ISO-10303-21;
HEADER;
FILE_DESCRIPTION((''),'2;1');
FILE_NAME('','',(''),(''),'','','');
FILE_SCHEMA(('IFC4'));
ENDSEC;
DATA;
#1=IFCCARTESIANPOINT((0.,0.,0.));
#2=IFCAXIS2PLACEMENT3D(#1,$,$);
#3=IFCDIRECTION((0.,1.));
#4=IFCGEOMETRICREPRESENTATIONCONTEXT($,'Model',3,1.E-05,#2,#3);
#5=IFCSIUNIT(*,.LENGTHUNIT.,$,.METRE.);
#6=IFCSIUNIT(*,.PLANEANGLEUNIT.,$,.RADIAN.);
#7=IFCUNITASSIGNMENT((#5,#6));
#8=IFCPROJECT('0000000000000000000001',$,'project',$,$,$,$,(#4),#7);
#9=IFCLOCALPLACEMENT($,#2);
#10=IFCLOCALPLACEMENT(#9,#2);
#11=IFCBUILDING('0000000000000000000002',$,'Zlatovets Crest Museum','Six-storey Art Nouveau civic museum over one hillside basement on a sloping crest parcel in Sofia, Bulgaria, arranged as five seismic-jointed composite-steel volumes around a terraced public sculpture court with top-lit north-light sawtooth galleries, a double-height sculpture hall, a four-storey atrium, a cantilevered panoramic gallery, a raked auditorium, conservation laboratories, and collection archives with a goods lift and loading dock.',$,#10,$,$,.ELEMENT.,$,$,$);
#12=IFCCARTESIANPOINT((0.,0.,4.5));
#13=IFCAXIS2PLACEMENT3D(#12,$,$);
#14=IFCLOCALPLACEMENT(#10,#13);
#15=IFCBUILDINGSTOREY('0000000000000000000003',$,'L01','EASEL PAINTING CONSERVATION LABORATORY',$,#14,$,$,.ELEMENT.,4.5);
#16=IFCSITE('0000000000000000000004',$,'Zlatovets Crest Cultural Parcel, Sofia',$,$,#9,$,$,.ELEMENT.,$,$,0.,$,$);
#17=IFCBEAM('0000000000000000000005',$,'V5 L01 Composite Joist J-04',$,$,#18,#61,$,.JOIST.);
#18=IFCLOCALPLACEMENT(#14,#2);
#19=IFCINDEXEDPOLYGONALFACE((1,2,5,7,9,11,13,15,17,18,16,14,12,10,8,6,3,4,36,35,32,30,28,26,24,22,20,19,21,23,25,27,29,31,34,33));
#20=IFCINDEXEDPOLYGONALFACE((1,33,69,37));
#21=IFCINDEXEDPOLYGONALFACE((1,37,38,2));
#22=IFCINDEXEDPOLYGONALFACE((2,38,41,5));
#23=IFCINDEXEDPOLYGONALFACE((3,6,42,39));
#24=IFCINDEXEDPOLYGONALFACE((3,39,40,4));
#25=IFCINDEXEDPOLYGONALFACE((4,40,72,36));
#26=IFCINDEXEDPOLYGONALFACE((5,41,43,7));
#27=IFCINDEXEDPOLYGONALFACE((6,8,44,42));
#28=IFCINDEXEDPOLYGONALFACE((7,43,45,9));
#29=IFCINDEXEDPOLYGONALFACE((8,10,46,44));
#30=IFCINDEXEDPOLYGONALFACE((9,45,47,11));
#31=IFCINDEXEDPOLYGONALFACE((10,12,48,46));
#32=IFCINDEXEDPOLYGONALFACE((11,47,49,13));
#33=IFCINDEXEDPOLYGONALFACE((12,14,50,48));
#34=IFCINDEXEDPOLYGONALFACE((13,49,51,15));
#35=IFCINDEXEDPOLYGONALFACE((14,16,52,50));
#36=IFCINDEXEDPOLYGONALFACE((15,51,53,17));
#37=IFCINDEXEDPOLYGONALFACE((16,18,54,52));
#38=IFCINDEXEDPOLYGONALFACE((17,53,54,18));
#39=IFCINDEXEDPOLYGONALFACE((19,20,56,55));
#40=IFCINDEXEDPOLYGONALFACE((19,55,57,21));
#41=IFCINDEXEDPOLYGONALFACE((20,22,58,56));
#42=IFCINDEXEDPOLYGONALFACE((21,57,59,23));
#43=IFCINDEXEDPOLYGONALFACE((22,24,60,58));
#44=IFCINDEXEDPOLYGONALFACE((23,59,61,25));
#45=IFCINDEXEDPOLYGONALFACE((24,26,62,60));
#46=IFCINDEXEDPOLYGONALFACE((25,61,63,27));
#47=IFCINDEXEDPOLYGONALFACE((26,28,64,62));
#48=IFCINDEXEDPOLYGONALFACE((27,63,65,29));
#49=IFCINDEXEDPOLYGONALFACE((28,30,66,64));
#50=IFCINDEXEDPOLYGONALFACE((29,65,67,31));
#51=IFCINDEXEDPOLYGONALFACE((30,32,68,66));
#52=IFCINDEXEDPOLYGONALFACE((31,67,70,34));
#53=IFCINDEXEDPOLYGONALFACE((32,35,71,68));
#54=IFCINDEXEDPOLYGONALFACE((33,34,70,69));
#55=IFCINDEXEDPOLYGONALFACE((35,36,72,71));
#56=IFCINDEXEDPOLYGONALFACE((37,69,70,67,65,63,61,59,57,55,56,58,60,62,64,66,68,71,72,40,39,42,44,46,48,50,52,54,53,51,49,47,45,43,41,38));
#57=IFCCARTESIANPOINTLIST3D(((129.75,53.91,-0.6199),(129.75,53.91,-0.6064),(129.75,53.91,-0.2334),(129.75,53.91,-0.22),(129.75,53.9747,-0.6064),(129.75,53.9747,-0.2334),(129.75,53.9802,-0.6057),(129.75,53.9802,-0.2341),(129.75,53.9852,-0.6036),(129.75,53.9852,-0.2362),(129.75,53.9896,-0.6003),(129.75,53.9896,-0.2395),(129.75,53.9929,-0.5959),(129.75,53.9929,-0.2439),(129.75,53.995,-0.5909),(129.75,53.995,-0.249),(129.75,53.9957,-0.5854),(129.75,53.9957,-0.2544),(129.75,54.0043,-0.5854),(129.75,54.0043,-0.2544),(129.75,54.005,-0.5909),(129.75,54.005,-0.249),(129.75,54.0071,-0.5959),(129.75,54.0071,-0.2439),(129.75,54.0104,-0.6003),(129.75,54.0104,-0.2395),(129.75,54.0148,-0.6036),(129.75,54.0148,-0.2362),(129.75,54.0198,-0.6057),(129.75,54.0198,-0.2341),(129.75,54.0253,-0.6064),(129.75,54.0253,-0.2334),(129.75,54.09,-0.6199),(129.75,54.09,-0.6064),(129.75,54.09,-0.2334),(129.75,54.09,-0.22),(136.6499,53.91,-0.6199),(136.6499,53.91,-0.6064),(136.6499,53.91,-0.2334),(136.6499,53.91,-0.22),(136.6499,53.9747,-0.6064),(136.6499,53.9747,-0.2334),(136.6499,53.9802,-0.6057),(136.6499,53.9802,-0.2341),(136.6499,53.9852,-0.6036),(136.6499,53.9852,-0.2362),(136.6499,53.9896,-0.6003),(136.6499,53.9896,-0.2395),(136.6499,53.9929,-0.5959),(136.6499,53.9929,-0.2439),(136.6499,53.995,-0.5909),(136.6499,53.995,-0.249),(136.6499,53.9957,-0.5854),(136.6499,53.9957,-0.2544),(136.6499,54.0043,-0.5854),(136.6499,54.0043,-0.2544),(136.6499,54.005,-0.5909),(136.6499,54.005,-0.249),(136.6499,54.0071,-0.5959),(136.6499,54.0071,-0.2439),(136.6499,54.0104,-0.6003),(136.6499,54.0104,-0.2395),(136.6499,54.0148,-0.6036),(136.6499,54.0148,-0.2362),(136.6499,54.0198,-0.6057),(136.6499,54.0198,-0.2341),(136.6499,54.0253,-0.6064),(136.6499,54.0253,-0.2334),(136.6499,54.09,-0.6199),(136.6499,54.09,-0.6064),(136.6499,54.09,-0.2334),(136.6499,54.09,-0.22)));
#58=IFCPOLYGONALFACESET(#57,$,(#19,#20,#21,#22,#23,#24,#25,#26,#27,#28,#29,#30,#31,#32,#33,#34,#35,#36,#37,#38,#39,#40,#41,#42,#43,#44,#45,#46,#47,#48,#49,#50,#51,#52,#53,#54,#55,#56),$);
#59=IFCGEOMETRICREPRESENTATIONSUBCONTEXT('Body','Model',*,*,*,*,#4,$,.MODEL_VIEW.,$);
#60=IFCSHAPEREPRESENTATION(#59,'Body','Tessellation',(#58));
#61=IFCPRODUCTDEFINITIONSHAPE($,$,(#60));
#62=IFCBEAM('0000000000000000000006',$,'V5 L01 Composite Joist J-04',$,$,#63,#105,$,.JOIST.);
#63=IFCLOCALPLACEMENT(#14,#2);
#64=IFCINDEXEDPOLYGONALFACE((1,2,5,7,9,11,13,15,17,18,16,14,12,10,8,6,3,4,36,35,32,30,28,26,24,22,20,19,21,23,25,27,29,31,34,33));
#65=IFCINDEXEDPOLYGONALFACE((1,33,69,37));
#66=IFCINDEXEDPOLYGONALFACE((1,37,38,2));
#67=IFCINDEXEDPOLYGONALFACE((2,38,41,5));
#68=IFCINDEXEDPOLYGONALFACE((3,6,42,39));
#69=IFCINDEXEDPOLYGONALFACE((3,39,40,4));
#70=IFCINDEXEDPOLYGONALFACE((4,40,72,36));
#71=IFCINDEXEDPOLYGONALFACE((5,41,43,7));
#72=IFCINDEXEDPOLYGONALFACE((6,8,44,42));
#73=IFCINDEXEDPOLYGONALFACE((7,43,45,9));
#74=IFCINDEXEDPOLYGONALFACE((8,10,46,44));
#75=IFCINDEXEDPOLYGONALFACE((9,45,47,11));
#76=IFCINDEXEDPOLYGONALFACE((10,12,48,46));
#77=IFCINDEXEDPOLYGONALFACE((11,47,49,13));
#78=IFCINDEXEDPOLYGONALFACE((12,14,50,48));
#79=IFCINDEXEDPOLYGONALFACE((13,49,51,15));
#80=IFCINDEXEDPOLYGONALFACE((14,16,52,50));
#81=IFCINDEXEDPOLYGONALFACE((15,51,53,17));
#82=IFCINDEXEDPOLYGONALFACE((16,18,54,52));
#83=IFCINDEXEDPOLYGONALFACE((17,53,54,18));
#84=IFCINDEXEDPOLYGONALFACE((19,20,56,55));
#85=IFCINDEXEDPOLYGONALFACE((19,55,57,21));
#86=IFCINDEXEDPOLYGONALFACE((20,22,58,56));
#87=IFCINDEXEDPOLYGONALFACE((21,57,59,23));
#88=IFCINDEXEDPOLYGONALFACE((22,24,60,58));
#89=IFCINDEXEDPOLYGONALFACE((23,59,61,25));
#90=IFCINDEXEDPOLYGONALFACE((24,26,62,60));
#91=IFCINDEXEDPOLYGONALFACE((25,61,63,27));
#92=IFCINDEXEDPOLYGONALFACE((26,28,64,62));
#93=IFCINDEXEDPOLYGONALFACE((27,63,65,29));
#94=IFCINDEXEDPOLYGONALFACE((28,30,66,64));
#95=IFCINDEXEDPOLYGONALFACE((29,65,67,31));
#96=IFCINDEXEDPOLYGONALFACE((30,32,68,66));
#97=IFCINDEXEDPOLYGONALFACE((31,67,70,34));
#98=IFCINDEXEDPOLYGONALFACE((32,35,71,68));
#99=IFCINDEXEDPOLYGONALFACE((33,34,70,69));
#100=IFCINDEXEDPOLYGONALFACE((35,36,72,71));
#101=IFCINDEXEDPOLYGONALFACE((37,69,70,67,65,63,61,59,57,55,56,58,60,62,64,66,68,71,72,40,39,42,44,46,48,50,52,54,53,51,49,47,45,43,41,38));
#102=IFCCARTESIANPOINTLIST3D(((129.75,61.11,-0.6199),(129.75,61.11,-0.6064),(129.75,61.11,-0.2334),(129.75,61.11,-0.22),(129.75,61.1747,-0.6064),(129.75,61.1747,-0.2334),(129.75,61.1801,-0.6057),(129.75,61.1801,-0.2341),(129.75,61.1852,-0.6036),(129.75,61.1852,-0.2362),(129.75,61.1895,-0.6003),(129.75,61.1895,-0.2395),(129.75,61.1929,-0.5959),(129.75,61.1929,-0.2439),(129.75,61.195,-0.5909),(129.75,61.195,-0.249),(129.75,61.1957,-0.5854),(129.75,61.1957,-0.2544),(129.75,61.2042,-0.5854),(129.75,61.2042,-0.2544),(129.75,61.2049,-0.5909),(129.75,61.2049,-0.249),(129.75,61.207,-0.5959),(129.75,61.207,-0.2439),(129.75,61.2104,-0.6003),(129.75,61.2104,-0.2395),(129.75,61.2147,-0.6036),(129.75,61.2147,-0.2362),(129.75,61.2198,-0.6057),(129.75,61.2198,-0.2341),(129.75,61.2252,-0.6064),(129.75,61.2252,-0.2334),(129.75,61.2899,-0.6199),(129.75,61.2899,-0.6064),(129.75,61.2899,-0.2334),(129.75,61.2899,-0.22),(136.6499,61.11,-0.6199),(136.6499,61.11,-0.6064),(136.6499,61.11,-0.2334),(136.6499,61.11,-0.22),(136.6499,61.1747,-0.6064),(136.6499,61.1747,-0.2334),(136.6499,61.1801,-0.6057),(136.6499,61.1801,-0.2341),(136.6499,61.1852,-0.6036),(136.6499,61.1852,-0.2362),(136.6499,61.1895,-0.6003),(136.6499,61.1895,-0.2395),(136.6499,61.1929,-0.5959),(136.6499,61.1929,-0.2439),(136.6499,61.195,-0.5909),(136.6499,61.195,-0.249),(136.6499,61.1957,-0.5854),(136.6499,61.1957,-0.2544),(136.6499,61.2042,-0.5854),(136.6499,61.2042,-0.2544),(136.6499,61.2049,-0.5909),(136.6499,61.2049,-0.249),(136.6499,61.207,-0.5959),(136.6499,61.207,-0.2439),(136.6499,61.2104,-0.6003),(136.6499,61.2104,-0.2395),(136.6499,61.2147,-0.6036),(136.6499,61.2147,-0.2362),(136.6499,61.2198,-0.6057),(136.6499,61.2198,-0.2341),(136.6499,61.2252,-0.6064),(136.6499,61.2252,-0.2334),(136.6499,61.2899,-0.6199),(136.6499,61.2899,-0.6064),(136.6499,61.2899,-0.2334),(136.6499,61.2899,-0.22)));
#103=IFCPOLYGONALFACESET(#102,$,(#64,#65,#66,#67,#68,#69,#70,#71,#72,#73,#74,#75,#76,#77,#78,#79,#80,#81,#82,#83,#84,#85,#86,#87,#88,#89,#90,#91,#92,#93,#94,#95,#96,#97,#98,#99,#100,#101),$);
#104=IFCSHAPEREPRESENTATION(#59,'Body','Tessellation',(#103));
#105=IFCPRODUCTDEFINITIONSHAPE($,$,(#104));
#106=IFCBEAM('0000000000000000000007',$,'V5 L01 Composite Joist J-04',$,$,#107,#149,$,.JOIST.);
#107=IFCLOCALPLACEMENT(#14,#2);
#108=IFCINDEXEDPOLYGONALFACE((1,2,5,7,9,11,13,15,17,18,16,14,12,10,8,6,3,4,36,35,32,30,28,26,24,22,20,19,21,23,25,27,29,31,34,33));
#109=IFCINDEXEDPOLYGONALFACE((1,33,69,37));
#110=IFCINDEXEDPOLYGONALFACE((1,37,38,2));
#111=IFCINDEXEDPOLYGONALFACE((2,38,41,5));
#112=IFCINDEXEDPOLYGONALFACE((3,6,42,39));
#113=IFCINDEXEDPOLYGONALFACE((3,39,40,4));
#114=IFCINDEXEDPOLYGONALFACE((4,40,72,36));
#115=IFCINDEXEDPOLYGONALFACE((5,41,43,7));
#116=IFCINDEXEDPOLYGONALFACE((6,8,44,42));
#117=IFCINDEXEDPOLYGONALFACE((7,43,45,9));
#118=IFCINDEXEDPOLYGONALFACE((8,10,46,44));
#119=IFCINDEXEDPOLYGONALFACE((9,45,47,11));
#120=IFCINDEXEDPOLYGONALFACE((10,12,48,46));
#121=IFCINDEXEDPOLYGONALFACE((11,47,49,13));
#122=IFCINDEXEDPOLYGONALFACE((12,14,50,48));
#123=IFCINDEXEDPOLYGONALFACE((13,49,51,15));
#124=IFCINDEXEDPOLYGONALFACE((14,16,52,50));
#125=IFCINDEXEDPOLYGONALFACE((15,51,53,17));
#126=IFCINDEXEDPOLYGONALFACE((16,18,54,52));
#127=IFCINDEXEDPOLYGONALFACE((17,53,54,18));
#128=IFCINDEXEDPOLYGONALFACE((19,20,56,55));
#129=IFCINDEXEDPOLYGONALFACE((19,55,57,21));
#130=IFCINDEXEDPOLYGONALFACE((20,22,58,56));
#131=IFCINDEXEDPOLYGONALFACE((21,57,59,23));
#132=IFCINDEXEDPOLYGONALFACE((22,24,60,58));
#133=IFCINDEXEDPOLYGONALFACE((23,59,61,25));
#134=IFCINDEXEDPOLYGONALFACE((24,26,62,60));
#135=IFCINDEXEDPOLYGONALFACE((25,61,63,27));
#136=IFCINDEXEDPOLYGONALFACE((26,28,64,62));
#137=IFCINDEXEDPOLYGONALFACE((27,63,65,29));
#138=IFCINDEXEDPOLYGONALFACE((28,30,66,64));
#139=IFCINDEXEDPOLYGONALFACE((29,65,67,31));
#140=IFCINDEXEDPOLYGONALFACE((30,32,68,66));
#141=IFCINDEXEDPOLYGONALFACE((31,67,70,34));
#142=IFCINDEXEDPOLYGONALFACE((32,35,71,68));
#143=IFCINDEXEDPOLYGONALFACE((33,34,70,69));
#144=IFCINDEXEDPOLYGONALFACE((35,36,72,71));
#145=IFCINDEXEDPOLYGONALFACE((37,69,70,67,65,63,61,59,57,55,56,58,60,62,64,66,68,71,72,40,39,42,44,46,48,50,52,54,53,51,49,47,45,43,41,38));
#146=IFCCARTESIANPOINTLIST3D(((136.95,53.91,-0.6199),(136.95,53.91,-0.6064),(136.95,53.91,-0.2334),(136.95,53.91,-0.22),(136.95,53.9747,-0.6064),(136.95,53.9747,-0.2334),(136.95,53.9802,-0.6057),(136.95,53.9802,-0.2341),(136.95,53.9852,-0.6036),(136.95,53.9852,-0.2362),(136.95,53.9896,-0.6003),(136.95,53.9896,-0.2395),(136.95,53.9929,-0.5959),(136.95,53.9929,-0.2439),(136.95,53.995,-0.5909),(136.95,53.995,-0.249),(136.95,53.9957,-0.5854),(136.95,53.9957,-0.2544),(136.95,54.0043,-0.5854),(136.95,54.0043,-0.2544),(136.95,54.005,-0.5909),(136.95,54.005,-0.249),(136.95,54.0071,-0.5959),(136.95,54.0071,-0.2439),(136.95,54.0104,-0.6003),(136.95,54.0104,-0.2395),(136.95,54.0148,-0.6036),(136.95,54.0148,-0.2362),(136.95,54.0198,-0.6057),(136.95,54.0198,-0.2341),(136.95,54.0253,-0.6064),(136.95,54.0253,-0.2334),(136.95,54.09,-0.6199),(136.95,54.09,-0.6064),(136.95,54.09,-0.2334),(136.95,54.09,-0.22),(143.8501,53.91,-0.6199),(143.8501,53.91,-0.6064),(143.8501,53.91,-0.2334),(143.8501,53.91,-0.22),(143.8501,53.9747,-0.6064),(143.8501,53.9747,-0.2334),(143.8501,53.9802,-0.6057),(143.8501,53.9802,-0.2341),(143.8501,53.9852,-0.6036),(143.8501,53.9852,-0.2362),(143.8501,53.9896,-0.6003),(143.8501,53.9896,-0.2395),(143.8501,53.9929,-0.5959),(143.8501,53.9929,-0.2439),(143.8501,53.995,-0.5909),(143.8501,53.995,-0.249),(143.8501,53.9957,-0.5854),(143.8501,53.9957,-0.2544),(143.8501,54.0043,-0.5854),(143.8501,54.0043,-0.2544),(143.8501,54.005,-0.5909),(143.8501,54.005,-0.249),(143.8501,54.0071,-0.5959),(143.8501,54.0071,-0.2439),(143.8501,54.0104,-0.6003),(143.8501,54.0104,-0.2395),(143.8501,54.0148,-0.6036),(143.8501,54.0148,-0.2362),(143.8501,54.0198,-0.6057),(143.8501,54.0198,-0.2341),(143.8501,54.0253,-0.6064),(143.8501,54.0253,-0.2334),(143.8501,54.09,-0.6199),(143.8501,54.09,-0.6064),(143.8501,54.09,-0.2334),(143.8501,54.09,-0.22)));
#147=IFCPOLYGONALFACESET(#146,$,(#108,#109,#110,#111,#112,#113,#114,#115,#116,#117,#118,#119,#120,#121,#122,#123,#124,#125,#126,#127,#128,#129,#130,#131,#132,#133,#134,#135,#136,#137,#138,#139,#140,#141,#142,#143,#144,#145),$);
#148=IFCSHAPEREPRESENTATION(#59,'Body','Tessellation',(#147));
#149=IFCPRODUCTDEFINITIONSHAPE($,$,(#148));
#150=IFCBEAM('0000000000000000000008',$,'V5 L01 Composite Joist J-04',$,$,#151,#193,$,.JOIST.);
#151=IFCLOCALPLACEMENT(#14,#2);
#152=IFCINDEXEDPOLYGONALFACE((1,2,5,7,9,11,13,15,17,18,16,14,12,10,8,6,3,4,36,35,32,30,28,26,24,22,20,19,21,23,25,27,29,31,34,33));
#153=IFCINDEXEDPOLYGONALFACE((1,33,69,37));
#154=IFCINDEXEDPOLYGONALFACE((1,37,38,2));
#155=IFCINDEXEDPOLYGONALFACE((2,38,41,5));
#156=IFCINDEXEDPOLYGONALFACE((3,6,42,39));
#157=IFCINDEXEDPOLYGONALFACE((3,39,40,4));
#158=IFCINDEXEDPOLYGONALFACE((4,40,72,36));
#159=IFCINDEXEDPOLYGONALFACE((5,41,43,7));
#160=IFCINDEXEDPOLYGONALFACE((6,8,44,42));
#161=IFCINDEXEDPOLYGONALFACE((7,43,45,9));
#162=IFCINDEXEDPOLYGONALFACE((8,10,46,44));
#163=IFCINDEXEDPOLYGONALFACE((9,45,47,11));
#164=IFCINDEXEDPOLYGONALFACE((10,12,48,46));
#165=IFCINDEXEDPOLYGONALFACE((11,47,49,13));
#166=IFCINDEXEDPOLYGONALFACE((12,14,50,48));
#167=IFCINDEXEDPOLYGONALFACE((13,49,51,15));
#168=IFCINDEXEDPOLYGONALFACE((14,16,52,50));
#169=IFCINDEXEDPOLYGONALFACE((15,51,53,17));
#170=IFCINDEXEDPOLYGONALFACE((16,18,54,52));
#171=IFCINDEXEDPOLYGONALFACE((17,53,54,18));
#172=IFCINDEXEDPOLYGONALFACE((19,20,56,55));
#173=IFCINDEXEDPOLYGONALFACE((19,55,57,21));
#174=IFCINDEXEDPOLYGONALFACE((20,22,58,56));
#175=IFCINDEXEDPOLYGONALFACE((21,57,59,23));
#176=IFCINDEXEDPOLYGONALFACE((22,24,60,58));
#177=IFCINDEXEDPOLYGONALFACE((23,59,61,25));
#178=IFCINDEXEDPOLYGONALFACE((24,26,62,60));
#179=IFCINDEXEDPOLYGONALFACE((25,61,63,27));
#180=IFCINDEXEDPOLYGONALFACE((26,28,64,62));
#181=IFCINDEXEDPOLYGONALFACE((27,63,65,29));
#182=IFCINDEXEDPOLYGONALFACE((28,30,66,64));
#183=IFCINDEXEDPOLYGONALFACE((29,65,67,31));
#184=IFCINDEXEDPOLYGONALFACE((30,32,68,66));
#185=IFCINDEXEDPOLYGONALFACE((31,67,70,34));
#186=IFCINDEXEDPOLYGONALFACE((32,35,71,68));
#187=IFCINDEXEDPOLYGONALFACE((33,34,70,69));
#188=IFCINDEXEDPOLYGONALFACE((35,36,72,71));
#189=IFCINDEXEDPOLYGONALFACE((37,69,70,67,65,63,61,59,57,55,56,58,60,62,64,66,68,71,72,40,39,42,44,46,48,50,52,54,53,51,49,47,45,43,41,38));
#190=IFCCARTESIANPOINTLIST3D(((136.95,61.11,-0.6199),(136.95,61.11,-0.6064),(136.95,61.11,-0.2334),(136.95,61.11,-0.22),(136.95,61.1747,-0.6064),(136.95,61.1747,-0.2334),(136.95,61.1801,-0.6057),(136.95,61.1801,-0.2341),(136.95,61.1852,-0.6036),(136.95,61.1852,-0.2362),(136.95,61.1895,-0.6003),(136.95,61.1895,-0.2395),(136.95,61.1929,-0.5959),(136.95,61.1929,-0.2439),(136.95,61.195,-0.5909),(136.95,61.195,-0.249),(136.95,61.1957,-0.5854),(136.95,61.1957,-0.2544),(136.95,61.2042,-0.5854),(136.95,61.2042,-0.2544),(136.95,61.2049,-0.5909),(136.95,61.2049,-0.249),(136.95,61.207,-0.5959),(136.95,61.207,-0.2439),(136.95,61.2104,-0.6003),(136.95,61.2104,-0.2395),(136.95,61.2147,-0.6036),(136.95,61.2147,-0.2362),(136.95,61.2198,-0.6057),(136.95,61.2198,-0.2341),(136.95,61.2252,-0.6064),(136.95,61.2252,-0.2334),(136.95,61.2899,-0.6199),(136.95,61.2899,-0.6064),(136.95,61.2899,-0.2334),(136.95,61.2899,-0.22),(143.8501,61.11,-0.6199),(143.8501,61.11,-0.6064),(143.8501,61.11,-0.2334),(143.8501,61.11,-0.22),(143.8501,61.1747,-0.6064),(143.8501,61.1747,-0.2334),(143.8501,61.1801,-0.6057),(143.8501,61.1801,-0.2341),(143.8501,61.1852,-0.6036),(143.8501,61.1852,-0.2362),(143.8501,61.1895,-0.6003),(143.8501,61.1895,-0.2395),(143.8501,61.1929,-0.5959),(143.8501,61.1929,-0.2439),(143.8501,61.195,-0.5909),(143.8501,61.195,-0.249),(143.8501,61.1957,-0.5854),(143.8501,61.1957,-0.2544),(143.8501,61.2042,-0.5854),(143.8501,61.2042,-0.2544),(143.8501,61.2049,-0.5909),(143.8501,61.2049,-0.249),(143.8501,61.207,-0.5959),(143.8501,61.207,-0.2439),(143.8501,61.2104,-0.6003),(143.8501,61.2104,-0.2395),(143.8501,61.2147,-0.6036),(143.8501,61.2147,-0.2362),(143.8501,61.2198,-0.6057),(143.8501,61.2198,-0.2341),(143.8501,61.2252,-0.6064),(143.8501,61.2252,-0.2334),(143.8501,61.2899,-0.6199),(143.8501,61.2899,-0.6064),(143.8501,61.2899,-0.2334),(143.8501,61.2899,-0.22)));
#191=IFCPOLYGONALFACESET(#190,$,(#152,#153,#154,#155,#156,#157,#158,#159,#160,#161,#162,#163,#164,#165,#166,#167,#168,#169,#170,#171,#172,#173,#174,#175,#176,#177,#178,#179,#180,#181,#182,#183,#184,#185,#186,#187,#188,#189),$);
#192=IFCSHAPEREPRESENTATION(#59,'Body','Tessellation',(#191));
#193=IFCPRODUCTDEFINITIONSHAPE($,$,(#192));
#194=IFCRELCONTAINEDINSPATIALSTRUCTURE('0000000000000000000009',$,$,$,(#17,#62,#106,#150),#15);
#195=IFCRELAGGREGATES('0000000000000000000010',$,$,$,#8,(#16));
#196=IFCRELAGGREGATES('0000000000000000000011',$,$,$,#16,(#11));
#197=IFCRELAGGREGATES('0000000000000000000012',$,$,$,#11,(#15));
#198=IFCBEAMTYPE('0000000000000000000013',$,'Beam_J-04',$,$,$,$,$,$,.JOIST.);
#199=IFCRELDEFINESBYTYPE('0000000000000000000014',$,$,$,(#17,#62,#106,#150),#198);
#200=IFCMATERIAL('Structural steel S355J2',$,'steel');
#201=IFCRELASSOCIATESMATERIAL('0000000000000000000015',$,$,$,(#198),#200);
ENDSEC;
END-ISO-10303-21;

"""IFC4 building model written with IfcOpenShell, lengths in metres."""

from ifc_helpers import new_model, si_unit, direction, frame, origin, origin_2d, place, context, subcontext, project, spatial, i_section, extrude, material, material_profile, profile_set, type_object, element, save


model = new_model("IFC4")

# Units and contexts
model_context = context("Model", 3, precision=1e-05, world=origin(), true_north=direction((0.0, 1.0)))
body_context = subcontext(model_context, "Body", "Model", "MODEL_VIEW")
ifc_project = project(units=[si_unit("LENGTHUNIT", "METRE"), si_unit("PLANEANGLEUNIT", "RADIAN")], contexts=[model_context])

# Site, building, storey
site_placement = place(None, origin())
site = spatial("IfcSite", under=ifc_project, at=site_placement, Name="Zlatovets Crest Cultural Parcel, Sofia", CompositionType="ELEMENT", RefElevation=0.0)
building_placement = place(site_placement, origin())
building = spatial("IfcBuilding", under=site, at=building_placement, Name="Zlatovets Crest Museum", Description="Six-storey Art Nouveau civic museum over one hillside basement on a sloping crest parcel in Sofia, Bulgaria, arranged as five seismic-jointed composite-steel volumes around a terraced public sculpture court with top-lit north-light sawtooth galleries, a double-height sculpture hall, a four-storey atrium, a cantilevered panoramic gallery, a raked auditorium, conservation laboratories, and collection archives with a goods lift and loading dock.", CompositionType="ELEMENT")
storey_placement = place(building_placement, frame((0.0, 0.0, 4.5)))
storey = spatial("IfcBuildingStorey", under=building, at=storey_placement, Name="L01", Description="EASEL PAINTING CONSERVATION LABORATORY", CompositionType="ELEMENT", Elevation=4.5)

# Shared definitions
ifc_material_1 = material(Name="Structural steel S355J2", Category="steel")

# Beams
ifc_material_profile_1 = material_profile(ifc_material_1, i_section(OverallWidth=0.1799, OverallDepth=0.3999, WebThickness=0.0085, FlangeThickness=0.0134, FilletRadius=0.021, at=origin_2d()), Name="IPE 400")
ifc_profile_set_1 = profile_set([ifc_material_profile_1], Name="Structural steel S355J2")
beam_type_1 = type_object("IfcBeamType", Name="Beam_J-04", PredefinedType="JOIST", material=ifc_profile_set_1)
for number, where, z_axis, x_axis, name in (
    (1, (129.75, 54.0, -0.4199), (1.0, 0.0, 0.0), (0.0, 1.0, 0.0), "V5 L01 Composite Joist J-04"),
    (2, (129.75, 61.2, -0.4199), (1.0, 0.0, 0.0), (0.0, 1.0, 0.0), "V5 L01 Composite Joist J-04"),
):
    element("IfcBeam", number, at=place(storey_placement, frame(where, z_axis=z_axis, x_axis=x_axis)), inside=storey, type_object=beam_type_1, Name=name, PredefinedType="JOIST", context=body_context, shape_type="SweptSolid", body=[
        extrude(i_section(OverallWidth=0.1799, OverallDepth=0.3999, WebThickness=0.0085, FlangeThickness=0.0134, FilletRadius=0.021, at=origin_2d()), origin(), (0.0, 0.0, 1.0), 6.8999),
    ])
for number, where, z_axis, x_axis, name in (
    (3, (136.95, 54.0, -0.4199), (1.0, 0.0, 0.0), (0.0, 1.0, 0.0), "V5 L01 Composite Joist J-04"),
    (4, (136.95, 61.2, -0.4199), (1.0, 0.0, 0.0), (0.0, 1.0, 0.0), "V5 L01 Composite Joist J-04"),
):
    element("IfcBeam", number, at=place(storey_placement, frame(where, z_axis=z_axis, x_axis=x_axis)), inside=storey, type_object=beam_type_1, Name=name, PredefinedType="JOIST", context=body_context, shape_type="SweptSolid", body=[
        extrude(i_section(OverallWidth=0.1799, OverallDepth=0.3999, WebThickness=0.0085, FlangeThickness=0.0134, FilletRadius=0.021, at=origin_2d()), origin(), (0.0, 0.0, 1.0), 6.9001),
    ])

save(model, "model.ifc")
